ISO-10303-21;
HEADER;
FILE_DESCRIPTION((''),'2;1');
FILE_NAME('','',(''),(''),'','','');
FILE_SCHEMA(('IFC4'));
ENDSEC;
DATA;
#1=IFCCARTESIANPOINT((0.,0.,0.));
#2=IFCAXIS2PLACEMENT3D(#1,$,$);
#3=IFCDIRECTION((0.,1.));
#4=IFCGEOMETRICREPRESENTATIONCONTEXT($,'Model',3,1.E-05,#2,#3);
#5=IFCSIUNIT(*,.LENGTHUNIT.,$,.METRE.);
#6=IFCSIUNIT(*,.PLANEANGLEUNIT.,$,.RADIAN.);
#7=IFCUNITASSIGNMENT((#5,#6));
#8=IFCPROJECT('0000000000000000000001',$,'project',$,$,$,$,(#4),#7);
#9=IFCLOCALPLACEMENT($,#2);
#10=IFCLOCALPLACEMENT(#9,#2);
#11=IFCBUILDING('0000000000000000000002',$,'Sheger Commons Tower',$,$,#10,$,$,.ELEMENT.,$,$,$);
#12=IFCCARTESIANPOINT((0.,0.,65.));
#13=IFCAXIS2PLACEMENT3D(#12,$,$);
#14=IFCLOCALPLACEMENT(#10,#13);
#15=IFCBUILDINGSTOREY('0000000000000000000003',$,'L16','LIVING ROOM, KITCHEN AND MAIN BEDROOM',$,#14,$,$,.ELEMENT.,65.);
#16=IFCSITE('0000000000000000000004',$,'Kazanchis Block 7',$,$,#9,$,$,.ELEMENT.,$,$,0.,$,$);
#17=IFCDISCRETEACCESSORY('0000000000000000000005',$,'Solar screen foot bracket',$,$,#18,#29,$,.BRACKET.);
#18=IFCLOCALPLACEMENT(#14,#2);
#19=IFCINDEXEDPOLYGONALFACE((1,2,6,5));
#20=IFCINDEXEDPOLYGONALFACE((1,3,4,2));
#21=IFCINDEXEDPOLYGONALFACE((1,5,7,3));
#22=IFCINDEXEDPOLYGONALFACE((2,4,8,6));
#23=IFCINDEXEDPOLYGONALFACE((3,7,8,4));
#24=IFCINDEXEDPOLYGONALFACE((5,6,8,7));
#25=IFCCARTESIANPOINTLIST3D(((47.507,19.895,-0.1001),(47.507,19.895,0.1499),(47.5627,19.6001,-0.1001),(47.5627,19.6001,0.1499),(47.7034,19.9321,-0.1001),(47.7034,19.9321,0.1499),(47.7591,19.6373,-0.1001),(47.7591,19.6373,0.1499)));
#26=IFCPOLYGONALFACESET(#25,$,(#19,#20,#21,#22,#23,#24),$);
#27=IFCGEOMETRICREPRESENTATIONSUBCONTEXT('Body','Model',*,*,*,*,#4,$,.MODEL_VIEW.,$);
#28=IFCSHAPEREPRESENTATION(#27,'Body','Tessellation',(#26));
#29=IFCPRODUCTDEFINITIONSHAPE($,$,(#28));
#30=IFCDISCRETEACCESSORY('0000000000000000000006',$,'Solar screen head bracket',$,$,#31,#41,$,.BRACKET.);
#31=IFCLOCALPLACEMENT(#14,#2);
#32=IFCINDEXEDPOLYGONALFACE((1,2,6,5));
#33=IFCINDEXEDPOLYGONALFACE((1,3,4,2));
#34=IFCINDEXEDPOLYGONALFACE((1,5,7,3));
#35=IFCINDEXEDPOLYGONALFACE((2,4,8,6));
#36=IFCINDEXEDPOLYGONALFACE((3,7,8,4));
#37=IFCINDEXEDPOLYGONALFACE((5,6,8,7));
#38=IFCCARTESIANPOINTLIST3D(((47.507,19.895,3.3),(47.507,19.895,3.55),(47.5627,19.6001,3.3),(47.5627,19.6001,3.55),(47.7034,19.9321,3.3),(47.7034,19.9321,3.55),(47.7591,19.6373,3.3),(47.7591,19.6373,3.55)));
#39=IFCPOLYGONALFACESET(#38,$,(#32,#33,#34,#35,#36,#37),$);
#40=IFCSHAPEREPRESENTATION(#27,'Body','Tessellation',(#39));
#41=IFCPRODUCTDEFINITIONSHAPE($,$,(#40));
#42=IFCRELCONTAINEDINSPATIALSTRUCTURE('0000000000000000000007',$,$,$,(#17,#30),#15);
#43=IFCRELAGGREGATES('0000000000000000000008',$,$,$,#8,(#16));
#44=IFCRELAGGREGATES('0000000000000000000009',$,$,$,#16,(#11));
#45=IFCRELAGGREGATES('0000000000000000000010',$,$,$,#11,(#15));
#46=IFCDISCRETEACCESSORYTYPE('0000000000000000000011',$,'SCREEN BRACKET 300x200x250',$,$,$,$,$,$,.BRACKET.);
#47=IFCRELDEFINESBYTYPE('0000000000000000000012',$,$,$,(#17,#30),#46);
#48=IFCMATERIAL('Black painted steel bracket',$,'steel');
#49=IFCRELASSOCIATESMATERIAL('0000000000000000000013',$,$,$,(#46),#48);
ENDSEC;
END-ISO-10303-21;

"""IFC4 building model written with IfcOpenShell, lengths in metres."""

from ifc_helpers import new_model, si_unit, direction, frame, origin, origin_2d, place, context, subcontext, project, spatial, rectangle, extrude, material, type_object, element, save


model = new_model("IFC4")

# Units and contexts
model_context = context("Model", 3, precision=1e-05, world=origin(), true_north=direction((0.0, 1.0)))
body_context = subcontext(model_context, "Body", "Model", "MODEL_VIEW")
ifc_project = project(units=[si_unit("LENGTHUNIT", "METRE"), si_unit("PLANEANGLEUNIT", "RADIAN")], contexts=[model_context])

# Site, building, storey
site_placement = place(None, origin())
site = spatial("IfcSite", under=ifc_project, at=site_placement, Name="Kazanchis Block 7", CompositionType="ELEMENT", RefElevation=0.0)
building_placement = place(site_placement, origin())
building = spatial("IfcBuilding", under=site, at=building_placement, Name="Sheger Commons Tower", CompositionType="ELEMENT")
storey_placement = place(building_placement, frame((0.0, 0.0, 65.0)))
storey = spatial("IfcBuildingStorey", under=building, at=storey_placement, Name="L16", Description="LIVING ROOM, KITCHEN AND MAIN BEDROOM", CompositionType="ELEMENT", Elevation=65.0)

# Discrete accessories
ifc_material_1 = material(Name="Black painted steel bracket", Category="steel")
discrete_accessory_type = type_object("IfcDiscreteAccessoryType", Name="SCREEN BRACKET 300x200x250", PredefinedType="BRACKET", material=ifc_material_1)
for number, where, z_axis, x_axis, name in (
    (1, (47.6331, 19.7661, -0.1001), (0.0, 0.0, 1.0), (-0.185615, 0.982623, 0.0), "Solar screen foot bracket"),
    (2, (47.6331, 19.7661, 3.3), (0.0, 0.0, 1.0), (-0.185615, 0.982623, 0.0), "Solar screen head bracket"),
):
    element("IfcDiscreteAccessory", number, at=place(storey_placement, frame(where, z_axis=z_axis, x_axis=x_axis)), inside=storey, type_object=discrete_accessory_type, Name=name, PredefinedType="BRACKET", context=body_context, shape_type="SweptSolid", body=[
        extrude(rectangle(XDim=0.3, YDim=0.2, at=origin_2d()), origin(), (0.0, 0.0, 1.0), 0.25),
    ])

save(model, "model.ifc")
